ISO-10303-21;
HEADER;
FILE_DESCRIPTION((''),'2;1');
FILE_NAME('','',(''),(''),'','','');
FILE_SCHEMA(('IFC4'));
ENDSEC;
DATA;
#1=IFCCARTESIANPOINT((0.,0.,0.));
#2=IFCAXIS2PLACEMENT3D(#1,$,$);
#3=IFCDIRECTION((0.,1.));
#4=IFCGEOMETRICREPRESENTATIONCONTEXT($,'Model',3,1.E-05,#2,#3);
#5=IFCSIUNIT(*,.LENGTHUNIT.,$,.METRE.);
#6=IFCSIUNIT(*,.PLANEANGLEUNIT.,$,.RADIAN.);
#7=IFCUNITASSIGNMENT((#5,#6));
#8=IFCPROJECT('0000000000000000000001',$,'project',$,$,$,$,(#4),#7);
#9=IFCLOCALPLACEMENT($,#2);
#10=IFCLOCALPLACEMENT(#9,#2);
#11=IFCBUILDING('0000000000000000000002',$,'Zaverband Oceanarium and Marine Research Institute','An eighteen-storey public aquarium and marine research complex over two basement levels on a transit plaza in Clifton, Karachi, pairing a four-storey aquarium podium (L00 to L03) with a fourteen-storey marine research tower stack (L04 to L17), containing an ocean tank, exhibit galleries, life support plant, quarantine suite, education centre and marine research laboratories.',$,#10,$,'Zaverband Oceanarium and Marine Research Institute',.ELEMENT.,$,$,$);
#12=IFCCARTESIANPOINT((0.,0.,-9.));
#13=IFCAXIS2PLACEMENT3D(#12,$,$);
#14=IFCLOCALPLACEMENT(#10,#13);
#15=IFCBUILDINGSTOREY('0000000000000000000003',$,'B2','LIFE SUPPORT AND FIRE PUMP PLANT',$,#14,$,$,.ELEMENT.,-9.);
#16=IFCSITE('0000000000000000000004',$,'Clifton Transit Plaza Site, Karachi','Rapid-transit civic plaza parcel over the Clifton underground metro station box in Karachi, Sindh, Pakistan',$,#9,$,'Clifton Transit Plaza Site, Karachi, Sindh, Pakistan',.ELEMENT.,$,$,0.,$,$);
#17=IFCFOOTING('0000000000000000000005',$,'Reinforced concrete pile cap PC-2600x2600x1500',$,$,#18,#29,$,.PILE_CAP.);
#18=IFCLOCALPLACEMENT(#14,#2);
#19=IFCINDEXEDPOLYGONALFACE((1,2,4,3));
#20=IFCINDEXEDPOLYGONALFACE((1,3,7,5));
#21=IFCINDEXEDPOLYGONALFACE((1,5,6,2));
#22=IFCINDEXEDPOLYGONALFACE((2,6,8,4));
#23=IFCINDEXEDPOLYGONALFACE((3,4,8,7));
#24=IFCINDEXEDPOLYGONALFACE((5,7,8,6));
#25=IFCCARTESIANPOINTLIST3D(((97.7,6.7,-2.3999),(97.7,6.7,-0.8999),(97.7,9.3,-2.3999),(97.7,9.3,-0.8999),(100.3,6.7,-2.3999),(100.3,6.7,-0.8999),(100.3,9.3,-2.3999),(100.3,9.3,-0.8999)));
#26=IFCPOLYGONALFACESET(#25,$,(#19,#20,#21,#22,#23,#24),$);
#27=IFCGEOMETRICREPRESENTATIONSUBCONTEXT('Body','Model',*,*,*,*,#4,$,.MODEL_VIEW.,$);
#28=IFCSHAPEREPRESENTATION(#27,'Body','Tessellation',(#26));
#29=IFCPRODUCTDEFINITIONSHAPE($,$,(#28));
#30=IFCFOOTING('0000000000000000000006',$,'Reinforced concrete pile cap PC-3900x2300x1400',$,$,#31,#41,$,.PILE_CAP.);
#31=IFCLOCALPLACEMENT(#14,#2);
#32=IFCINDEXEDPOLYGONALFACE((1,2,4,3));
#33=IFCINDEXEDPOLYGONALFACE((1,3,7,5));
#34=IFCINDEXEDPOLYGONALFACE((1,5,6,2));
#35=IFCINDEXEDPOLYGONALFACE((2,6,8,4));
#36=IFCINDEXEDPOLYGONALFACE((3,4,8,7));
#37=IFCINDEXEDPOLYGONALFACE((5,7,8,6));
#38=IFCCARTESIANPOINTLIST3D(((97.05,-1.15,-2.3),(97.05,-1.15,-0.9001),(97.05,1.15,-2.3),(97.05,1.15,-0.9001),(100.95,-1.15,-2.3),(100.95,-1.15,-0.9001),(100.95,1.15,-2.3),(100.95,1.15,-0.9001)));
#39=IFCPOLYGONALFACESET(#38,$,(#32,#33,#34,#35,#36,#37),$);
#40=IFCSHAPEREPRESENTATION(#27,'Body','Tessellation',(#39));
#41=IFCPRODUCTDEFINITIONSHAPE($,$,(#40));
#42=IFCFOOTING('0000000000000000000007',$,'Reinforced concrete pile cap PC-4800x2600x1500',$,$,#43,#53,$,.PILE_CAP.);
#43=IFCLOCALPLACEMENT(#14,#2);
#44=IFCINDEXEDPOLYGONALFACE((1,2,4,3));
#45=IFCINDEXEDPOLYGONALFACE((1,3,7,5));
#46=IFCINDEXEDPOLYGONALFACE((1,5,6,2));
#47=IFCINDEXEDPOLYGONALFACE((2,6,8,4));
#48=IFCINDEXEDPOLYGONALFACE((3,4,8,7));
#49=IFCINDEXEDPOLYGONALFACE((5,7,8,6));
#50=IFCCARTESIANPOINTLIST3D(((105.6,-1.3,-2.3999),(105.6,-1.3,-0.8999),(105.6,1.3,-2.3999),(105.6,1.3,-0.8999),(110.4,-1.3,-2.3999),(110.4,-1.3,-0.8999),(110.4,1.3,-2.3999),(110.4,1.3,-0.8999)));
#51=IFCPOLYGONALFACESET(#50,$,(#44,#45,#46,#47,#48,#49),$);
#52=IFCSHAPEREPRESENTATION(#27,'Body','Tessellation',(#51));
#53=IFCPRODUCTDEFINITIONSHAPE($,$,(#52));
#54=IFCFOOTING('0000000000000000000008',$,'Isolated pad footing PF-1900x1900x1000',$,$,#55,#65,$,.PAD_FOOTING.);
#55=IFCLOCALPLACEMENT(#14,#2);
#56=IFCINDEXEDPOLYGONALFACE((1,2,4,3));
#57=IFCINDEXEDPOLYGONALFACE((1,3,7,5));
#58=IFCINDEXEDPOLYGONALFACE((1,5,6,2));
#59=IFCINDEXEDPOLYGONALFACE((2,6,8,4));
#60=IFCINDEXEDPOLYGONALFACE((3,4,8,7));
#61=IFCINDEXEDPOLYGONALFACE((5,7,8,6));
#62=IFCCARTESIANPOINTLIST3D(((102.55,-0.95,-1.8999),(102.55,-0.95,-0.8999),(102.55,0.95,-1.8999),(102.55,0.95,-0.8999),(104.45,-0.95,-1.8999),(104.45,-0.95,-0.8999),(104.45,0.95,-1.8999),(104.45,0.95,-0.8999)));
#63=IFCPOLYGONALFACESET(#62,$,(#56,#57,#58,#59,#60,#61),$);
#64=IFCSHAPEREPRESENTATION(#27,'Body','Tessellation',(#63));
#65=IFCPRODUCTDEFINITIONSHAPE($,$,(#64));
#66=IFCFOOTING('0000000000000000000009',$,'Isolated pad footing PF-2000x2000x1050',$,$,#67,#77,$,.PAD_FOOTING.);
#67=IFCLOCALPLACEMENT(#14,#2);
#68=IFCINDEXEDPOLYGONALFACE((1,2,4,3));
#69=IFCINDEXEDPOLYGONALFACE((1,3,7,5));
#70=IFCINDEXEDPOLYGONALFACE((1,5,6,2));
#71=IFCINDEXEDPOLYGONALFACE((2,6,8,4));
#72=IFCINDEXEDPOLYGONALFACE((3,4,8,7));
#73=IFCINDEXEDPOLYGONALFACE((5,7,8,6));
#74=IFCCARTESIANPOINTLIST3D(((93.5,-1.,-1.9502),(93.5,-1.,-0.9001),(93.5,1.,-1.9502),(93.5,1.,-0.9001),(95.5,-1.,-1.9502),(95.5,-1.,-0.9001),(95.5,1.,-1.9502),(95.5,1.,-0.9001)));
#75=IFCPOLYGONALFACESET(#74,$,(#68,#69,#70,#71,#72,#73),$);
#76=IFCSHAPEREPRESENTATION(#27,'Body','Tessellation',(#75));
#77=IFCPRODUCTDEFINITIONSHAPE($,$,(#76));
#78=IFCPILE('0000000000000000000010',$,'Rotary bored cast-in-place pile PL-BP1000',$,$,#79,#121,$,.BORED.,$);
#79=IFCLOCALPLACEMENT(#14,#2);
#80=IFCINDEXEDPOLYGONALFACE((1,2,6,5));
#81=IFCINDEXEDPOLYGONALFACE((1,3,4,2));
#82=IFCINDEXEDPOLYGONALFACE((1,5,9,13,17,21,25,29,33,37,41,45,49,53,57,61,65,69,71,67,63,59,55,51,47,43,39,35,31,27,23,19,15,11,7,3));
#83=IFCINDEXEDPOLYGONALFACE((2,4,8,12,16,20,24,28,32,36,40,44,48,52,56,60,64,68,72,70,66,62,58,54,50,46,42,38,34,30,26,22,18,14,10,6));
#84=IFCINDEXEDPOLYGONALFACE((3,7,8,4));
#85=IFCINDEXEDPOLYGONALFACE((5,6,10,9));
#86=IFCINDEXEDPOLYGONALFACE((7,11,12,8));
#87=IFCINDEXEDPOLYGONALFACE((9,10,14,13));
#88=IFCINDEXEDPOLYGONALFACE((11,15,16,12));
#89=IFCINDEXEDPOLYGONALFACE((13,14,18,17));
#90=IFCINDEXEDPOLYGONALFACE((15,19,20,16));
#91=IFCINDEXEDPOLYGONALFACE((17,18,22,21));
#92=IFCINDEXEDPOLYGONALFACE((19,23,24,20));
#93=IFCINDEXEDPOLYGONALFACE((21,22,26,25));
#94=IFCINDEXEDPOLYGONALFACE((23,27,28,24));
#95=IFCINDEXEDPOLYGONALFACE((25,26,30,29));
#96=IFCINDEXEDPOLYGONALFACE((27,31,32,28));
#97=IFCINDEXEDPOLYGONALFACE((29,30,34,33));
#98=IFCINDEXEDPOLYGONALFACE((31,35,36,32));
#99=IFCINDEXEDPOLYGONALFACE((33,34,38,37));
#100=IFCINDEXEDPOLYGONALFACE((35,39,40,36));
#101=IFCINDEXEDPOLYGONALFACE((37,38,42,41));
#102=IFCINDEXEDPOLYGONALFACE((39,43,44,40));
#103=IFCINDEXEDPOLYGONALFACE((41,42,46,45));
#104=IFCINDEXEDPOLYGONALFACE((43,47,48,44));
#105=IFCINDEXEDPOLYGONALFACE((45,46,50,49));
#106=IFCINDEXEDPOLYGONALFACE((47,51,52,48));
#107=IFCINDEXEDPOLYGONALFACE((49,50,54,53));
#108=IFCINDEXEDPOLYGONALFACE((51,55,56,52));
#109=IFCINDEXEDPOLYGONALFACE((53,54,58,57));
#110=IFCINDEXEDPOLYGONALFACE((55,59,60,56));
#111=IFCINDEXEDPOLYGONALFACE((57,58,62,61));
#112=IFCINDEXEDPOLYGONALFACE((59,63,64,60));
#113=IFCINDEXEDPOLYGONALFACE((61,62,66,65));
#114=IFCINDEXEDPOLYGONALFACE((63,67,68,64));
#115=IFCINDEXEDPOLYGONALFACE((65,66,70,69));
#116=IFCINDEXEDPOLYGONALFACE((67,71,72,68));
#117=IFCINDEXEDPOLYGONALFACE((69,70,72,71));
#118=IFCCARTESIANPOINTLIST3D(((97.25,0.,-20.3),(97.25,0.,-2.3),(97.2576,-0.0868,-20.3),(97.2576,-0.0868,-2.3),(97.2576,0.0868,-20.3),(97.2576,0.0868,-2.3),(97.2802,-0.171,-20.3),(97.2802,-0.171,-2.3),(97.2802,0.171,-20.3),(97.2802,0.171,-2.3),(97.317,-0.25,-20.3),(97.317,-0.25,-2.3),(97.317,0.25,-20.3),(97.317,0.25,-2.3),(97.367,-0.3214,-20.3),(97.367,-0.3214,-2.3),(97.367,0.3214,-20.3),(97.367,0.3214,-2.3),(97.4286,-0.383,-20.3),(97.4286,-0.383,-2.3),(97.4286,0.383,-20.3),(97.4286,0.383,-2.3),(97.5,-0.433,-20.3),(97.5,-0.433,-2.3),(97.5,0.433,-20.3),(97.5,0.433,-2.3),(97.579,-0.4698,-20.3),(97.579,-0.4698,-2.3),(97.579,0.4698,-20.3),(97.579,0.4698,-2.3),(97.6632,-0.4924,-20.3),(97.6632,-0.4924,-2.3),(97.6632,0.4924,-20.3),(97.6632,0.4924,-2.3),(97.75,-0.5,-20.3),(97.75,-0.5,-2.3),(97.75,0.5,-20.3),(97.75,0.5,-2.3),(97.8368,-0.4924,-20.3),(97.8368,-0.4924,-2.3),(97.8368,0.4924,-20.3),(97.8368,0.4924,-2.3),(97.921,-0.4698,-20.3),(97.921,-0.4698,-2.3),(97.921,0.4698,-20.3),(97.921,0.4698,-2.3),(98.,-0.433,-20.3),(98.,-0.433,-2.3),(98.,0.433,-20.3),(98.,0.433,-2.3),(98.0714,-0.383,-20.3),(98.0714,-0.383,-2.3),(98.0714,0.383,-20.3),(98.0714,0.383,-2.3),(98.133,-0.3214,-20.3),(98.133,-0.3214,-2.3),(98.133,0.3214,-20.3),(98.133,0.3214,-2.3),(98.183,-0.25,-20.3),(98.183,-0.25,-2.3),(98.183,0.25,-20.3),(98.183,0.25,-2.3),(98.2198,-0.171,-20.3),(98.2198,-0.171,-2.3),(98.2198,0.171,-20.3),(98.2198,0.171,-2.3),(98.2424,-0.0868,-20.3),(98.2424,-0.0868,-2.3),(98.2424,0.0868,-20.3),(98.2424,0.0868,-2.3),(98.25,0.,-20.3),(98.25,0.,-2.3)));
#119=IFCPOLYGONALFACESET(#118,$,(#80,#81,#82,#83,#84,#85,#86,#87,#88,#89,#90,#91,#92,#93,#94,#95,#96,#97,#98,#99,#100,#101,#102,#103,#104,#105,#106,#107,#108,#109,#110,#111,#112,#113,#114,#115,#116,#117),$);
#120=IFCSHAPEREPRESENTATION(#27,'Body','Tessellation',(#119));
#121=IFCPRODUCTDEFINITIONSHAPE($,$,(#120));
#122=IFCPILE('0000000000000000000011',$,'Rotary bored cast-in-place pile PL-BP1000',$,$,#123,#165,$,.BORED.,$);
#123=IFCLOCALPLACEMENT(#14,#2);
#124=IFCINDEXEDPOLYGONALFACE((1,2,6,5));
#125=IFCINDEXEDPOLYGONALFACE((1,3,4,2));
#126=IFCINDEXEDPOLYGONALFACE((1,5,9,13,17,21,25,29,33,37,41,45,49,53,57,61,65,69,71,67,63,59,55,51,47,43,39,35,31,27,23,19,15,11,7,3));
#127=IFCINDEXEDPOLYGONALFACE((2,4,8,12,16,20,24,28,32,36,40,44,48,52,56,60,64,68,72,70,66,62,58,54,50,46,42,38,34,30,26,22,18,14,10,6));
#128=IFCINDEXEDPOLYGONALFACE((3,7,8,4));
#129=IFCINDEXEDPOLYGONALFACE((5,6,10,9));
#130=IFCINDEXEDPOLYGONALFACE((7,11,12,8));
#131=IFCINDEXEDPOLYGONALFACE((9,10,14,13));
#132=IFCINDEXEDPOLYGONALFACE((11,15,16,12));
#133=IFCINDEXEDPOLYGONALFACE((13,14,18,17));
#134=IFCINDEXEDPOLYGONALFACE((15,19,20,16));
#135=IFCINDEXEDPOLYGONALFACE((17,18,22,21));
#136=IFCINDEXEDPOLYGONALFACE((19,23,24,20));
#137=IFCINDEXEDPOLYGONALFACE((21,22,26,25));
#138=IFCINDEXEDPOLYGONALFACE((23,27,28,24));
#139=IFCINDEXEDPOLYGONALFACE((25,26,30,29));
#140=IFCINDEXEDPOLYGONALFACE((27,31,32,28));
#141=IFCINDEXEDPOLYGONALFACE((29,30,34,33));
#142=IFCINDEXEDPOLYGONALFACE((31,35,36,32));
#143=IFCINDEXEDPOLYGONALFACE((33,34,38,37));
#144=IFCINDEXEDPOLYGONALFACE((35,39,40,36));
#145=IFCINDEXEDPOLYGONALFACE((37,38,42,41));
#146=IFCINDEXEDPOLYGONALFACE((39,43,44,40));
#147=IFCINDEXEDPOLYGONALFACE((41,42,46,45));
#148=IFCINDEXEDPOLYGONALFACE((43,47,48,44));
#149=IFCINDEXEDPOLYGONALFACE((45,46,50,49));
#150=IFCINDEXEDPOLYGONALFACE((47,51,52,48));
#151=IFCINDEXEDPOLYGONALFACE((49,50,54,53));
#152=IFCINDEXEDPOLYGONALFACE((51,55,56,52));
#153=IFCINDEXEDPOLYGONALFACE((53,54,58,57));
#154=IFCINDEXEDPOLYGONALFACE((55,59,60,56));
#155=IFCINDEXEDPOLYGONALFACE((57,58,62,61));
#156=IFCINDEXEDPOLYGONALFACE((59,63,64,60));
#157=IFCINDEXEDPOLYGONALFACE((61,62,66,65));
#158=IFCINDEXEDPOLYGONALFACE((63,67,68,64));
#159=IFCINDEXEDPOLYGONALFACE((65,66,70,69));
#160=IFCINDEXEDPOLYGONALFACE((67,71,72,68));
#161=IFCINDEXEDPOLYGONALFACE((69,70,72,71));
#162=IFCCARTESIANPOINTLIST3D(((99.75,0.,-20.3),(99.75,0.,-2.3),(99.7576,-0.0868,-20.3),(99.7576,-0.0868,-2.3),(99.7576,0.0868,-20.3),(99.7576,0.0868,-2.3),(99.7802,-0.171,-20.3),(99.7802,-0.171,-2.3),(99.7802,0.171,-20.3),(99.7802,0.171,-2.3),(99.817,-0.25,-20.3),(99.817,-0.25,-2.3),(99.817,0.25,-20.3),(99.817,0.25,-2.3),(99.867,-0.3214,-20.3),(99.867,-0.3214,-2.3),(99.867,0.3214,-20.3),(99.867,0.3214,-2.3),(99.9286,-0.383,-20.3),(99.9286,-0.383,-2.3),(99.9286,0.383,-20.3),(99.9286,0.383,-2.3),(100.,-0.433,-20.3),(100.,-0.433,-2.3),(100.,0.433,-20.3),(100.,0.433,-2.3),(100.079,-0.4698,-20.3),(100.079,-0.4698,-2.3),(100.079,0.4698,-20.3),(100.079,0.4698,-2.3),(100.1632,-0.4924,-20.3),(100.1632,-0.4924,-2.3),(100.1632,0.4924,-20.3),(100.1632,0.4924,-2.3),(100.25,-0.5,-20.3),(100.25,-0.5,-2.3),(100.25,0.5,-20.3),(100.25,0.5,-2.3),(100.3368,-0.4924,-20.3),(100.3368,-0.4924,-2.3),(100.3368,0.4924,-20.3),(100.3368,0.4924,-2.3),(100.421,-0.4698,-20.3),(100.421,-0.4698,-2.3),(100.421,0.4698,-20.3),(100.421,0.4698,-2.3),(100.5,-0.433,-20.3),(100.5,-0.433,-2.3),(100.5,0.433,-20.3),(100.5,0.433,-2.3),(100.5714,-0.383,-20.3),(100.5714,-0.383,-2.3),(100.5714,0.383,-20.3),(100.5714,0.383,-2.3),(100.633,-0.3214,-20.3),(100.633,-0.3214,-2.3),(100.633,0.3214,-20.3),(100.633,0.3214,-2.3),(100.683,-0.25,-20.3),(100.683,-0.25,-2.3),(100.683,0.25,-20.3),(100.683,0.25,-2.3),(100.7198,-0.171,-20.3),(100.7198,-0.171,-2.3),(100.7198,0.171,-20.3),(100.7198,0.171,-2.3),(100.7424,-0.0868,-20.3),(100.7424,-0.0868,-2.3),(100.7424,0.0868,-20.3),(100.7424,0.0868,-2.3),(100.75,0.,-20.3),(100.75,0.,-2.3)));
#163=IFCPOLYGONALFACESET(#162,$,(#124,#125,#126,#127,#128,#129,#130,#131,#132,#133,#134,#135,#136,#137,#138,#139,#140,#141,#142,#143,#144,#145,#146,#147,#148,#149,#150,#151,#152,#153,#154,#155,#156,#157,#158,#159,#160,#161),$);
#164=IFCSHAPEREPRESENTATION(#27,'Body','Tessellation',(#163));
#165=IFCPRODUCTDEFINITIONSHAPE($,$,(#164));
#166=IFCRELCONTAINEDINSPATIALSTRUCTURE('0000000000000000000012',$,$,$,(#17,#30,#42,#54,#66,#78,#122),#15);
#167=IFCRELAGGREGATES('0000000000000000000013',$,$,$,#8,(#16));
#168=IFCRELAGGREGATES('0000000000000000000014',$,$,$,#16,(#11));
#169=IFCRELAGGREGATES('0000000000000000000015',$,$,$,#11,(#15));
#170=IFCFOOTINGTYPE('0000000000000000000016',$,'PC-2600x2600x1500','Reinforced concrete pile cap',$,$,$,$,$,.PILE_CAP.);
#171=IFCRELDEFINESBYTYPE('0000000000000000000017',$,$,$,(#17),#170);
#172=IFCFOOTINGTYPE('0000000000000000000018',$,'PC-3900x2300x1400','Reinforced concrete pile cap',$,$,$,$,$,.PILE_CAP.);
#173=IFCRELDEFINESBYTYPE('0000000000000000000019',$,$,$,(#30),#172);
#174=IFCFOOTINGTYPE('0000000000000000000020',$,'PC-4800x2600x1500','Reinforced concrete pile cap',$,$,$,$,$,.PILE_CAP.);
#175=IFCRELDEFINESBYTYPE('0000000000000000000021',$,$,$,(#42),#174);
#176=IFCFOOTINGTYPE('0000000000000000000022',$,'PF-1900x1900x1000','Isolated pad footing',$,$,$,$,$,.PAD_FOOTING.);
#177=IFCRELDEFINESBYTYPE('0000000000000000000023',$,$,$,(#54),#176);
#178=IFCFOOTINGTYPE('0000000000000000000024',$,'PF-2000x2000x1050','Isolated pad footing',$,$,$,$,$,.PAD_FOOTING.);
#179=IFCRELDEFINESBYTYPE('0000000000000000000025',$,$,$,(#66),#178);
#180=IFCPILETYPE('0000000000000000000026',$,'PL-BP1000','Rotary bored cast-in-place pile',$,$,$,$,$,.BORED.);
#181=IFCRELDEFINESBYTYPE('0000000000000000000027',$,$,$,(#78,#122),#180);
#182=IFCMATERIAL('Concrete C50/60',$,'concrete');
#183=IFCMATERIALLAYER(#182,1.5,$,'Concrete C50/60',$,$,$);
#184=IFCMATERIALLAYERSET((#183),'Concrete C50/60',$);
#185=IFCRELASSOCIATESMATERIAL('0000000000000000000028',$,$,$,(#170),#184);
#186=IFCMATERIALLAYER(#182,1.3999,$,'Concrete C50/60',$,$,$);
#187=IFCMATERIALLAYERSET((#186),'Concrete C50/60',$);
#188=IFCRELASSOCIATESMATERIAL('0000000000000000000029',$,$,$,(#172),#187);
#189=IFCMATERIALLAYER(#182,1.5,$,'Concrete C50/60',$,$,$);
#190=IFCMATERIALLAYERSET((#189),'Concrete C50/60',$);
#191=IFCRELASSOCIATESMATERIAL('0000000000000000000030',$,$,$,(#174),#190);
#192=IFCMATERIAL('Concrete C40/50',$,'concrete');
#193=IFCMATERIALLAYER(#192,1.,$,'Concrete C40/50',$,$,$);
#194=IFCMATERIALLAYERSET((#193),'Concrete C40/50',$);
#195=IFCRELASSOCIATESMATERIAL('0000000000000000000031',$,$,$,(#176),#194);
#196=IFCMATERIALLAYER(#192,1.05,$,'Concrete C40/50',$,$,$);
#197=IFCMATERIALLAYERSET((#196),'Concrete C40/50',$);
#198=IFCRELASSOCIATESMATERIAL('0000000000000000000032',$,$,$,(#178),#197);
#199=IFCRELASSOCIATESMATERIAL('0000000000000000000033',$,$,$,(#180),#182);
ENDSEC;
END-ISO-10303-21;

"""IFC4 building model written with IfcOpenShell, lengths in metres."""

from ifc_helpers import new_model, si_unit, direction, frame, origin, origin_2d, place, context, subcontext, project, spatial, rectangle, circle, extrude, material, layer, layer_set, material_profile, profile_set, type_object, element, save


model = new_model("IFC4")

# Units and contexts
model_context = context("Model", 3, precision=1e-05, world=origin(), true_north=direction((0.0, 1.0)))
body_context = subcontext(model_context, "Body", "Model", "MODEL_VIEW")
ifc_project = project(units=[si_unit("LENGTHUNIT", "METRE"), si_unit("PLANEANGLEUNIT", "RADIAN")], contexts=[model_context])

# Site, building, storey
site_placement = place(None, origin())
site = spatial("IfcSite", under=ifc_project, at=site_placement, Name="Clifton Transit Plaza Site, Karachi", Description="Rapid-transit civic plaza parcel over the Clifton underground metro station box in Karachi, Sindh, Pakistan", LongName="Clifton Transit Plaza Site, Karachi, Sindh, Pakistan", CompositionType="ELEMENT", RefElevation=0.0)
building_placement = place(site_placement, origin())
building = spatial("IfcBuilding", under=site, at=building_placement, Name="Zaverband Oceanarium and Marine Research Institute", Description="An eighteen-storey public aquarium and marine research complex over two basement levels on a transit plaza in Clifton, Karachi, pairing a four-storey aquarium podium (L00 to L03) with a fourteen-storey marine research tower stack (L04 to L17), containing an ocean tank, exhibit galleries, life support plant, quarantine suite, education centre and marine research laboratories.", LongName="Zaverband Oceanarium and Marine Research Institute", CompositionType="ELEMENT")
storey_placement = place(building_placement, frame((0.0, 0.0, -9.0)))
storey = spatial("IfcBuildingStorey", under=building, at=storey_placement, Name="B2", Description="LIFE SUPPORT AND FIRE PUMP PLANT", CompositionType="ELEMENT", Elevation=-9.0)

# Footings
ifc_material_1 = material(Name="Concrete C50/60", Category="concrete")
ifc_layer_1 = layer(ifc_material_1, 1.5, Name="Concrete C50/60")
ifc_layer_set_1 = layer_set([ifc_layer_1], Name="Concrete C50/60")
footing_type_1 = type_object("IfcFootingType", Name="PC-2600x2600x1500", Description="Reinforced concrete pile cap", PredefinedType="PILE_CAP", material=ifc_layer_set_1)
footing_1_placement = place(storey_placement, frame((99.0, 8.0, -2.3999), z_axis=(0.0, 0.0, 1.0), x_axis=(1.0, 0.0, 0.0)))
element("IfcFooting", 1, at=footing_1_placement, inside=storey, type_object=footing_type_1, Name="Reinforced concrete pile cap PC-2600x2600x1500", PredefinedType="PILE_CAP", context=body_context, shape_type="SweptSolid", body=[
    extrude(rectangle(XDim=2.6001, YDim=2.6001, at=origin_2d()), origin(), (0.0, 0.0, 1.0), 1.5),
])
ifc_layer_2 = layer(ifc_material_1, 1.3999, Name="Concrete C50/60")
ifc_layer_set_2 = layer_set([ifc_layer_2], Name="Concrete C50/60")
footing_type_2 = type_object("IfcFootingType", Name="PC-3900x2300x1400", Description="Reinforced concrete pile cap", PredefinedType="PILE_CAP", material=ifc_layer_set_2)
footing_2_placement = place(storey_placement, frame((99.0, 0.0, -2.3), z_axis=(0.0, 0.0, 1.0), x_axis=(1.0, 0.0, 0.0)))
element("IfcFooting", 2, at=footing_2_placement, inside=storey, type_object=footing_type_2, Name="Reinforced concrete pile cap PC-3900x2300x1400", PredefinedType="PILE_CAP", context=body_context, shape_type="SweptSolid", body=[
    extrude(rectangle(XDim=3.8999, YDim=2.3, at=origin_2d()), origin(), (0.0, 0.0, 1.0), 1.3999),
])
ifc_layer_3 = layer(ifc_material_1, 1.5, Name="Concrete C50/60")
ifc_layer_set_3 = layer_set([ifc_layer_3], Name="Concrete C50/60")
footing_type_3 = type_object("IfcFootingType", Name="PC-4800x2600x1500", Description="Reinforced concrete pile cap", PredefinedType="PILE_CAP", material=ifc_layer_set_3)
footing_3_placement = place(storey_placement, frame((108.0, 0.0, -2.3999), z_axis=(0.0, 0.0, 1.0), x_axis=(1.0, 0.0, 0.0)))
element("IfcFooting", 3, at=footing_3_placement, inside=storey, type_object=footing_type_3, Name="Reinforced concrete pile cap PC-4800x2600x1500", PredefinedType="PILE_CAP", context=body_context, shape_type="SweptSolid", body=[
    extrude(rectangle(XDim=4.8, YDim=2.6001, at=origin_2d()), origin(), (0.0, 0.0, 1.0), 1.5),
])
ifc_material_2 = material(Name="Concrete C40/50", Category="concrete")
ifc_layer_4 = layer(ifc_material_2, 1.0, Name="Concrete C40/50")
ifc_layer_set_4 = layer_set([ifc_layer_4], Name="Concrete C40/50")
footing_type_4 = type_object("IfcFootingType", Name="PF-1900x1900x1000", Description="Isolated pad footing", PredefinedType="PAD_FOOTING", material=ifc_layer_set_4)
footing_4_placement = place(storey_placement, frame((103.5, 0.0, -1.8999), z_axis=(0.0, 0.0, 1.0), x_axis=(1.0, 0.0, 0.0)))
element("IfcFooting", 4, at=footing_4_placement, inside=storey, type_object=footing_type_4, Name="Isolated pad footing PF-1900x1900x1000", PredefinedType="PAD_FOOTING", context=body_context, shape_type="SweptSolid", body=[
    extrude(rectangle(XDim=1.8999, YDim=1.8999, at=origin_2d()), origin(), (0.0, 0.0, 1.0), 1.0),
])
ifc_layer_5 = layer(ifc_material_2, 1.05, Name="Concrete C40/50")
ifc_layer_set_5 = layer_set([ifc_layer_5], Name="Concrete C40/50")
footing_type_5 = type_object("IfcFootingType", Name="PF-2000x2000x1050", Description="Isolated pad footing", PredefinedType="PAD_FOOTING", material=ifc_layer_set_5)
footing_5_placement = place(storey_placement, frame((94.5, 0.0, -1.9502), z_axis=(0.0, 0.0, 1.0), x_axis=(1.0, 0.0, 0.0)))
element("IfcFooting", 5, at=footing_5_placement, inside=storey, type_object=footing_type_5, Name="Isolated pad footing PF-2000x2000x1050", PredefinedType="PAD_FOOTING", context=body_context, shape_type="SweptSolid", body=[
    extrude(rectangle(XDim=2.0, YDim=2.0, at=origin_2d()), origin(), (0.0, 0.0, 1.0), 1.05),
])

# Piles
ifc_material_profile_1 = material_profile(ifc_material_1, circle(Radius=0.5, at=origin_2d()), Name="BP1000")
ifc_profile_set_1 = profile_set([ifc_material_profile_1], Name="Concrete C50/60")
pile_type_1 = type_object("IfcPileType", Name="PL-BP1000", Description="Rotary bored cast-in-place pile", PredefinedType="BORED", material=ifc_profile_set_1)
for number, where, z_axis, x_axis, name in (
    (6, (97.75, 0.0, -2.3), (0.0, 0.0, -1.0), (1.0, 0.0, 0.0), "Rotary bored cast-in-place pile PL-BP1000"),
    (7, (100.25, 0.0, -2.3), (0.0, 0.0, -1.0), (1.0, 0.0, 0.0), "Rotary bored cast-in-place pile PL-BP1000"),
):
    element("IfcPile", number, at=place(storey_placement, frame(where, z_axis=z_axis, x_axis=x_axis)), inside=storey, type_object=pile_type_1, Name=name, PredefinedType="BORED", context=body_context, shape_type="SweptSolid", body=[
        extrude(circle(Radius=0.5, at=origin_2d()), origin(), (0.0, 0.0, 1.0), 18.0),
    ])

save(model, "model.ifc")
